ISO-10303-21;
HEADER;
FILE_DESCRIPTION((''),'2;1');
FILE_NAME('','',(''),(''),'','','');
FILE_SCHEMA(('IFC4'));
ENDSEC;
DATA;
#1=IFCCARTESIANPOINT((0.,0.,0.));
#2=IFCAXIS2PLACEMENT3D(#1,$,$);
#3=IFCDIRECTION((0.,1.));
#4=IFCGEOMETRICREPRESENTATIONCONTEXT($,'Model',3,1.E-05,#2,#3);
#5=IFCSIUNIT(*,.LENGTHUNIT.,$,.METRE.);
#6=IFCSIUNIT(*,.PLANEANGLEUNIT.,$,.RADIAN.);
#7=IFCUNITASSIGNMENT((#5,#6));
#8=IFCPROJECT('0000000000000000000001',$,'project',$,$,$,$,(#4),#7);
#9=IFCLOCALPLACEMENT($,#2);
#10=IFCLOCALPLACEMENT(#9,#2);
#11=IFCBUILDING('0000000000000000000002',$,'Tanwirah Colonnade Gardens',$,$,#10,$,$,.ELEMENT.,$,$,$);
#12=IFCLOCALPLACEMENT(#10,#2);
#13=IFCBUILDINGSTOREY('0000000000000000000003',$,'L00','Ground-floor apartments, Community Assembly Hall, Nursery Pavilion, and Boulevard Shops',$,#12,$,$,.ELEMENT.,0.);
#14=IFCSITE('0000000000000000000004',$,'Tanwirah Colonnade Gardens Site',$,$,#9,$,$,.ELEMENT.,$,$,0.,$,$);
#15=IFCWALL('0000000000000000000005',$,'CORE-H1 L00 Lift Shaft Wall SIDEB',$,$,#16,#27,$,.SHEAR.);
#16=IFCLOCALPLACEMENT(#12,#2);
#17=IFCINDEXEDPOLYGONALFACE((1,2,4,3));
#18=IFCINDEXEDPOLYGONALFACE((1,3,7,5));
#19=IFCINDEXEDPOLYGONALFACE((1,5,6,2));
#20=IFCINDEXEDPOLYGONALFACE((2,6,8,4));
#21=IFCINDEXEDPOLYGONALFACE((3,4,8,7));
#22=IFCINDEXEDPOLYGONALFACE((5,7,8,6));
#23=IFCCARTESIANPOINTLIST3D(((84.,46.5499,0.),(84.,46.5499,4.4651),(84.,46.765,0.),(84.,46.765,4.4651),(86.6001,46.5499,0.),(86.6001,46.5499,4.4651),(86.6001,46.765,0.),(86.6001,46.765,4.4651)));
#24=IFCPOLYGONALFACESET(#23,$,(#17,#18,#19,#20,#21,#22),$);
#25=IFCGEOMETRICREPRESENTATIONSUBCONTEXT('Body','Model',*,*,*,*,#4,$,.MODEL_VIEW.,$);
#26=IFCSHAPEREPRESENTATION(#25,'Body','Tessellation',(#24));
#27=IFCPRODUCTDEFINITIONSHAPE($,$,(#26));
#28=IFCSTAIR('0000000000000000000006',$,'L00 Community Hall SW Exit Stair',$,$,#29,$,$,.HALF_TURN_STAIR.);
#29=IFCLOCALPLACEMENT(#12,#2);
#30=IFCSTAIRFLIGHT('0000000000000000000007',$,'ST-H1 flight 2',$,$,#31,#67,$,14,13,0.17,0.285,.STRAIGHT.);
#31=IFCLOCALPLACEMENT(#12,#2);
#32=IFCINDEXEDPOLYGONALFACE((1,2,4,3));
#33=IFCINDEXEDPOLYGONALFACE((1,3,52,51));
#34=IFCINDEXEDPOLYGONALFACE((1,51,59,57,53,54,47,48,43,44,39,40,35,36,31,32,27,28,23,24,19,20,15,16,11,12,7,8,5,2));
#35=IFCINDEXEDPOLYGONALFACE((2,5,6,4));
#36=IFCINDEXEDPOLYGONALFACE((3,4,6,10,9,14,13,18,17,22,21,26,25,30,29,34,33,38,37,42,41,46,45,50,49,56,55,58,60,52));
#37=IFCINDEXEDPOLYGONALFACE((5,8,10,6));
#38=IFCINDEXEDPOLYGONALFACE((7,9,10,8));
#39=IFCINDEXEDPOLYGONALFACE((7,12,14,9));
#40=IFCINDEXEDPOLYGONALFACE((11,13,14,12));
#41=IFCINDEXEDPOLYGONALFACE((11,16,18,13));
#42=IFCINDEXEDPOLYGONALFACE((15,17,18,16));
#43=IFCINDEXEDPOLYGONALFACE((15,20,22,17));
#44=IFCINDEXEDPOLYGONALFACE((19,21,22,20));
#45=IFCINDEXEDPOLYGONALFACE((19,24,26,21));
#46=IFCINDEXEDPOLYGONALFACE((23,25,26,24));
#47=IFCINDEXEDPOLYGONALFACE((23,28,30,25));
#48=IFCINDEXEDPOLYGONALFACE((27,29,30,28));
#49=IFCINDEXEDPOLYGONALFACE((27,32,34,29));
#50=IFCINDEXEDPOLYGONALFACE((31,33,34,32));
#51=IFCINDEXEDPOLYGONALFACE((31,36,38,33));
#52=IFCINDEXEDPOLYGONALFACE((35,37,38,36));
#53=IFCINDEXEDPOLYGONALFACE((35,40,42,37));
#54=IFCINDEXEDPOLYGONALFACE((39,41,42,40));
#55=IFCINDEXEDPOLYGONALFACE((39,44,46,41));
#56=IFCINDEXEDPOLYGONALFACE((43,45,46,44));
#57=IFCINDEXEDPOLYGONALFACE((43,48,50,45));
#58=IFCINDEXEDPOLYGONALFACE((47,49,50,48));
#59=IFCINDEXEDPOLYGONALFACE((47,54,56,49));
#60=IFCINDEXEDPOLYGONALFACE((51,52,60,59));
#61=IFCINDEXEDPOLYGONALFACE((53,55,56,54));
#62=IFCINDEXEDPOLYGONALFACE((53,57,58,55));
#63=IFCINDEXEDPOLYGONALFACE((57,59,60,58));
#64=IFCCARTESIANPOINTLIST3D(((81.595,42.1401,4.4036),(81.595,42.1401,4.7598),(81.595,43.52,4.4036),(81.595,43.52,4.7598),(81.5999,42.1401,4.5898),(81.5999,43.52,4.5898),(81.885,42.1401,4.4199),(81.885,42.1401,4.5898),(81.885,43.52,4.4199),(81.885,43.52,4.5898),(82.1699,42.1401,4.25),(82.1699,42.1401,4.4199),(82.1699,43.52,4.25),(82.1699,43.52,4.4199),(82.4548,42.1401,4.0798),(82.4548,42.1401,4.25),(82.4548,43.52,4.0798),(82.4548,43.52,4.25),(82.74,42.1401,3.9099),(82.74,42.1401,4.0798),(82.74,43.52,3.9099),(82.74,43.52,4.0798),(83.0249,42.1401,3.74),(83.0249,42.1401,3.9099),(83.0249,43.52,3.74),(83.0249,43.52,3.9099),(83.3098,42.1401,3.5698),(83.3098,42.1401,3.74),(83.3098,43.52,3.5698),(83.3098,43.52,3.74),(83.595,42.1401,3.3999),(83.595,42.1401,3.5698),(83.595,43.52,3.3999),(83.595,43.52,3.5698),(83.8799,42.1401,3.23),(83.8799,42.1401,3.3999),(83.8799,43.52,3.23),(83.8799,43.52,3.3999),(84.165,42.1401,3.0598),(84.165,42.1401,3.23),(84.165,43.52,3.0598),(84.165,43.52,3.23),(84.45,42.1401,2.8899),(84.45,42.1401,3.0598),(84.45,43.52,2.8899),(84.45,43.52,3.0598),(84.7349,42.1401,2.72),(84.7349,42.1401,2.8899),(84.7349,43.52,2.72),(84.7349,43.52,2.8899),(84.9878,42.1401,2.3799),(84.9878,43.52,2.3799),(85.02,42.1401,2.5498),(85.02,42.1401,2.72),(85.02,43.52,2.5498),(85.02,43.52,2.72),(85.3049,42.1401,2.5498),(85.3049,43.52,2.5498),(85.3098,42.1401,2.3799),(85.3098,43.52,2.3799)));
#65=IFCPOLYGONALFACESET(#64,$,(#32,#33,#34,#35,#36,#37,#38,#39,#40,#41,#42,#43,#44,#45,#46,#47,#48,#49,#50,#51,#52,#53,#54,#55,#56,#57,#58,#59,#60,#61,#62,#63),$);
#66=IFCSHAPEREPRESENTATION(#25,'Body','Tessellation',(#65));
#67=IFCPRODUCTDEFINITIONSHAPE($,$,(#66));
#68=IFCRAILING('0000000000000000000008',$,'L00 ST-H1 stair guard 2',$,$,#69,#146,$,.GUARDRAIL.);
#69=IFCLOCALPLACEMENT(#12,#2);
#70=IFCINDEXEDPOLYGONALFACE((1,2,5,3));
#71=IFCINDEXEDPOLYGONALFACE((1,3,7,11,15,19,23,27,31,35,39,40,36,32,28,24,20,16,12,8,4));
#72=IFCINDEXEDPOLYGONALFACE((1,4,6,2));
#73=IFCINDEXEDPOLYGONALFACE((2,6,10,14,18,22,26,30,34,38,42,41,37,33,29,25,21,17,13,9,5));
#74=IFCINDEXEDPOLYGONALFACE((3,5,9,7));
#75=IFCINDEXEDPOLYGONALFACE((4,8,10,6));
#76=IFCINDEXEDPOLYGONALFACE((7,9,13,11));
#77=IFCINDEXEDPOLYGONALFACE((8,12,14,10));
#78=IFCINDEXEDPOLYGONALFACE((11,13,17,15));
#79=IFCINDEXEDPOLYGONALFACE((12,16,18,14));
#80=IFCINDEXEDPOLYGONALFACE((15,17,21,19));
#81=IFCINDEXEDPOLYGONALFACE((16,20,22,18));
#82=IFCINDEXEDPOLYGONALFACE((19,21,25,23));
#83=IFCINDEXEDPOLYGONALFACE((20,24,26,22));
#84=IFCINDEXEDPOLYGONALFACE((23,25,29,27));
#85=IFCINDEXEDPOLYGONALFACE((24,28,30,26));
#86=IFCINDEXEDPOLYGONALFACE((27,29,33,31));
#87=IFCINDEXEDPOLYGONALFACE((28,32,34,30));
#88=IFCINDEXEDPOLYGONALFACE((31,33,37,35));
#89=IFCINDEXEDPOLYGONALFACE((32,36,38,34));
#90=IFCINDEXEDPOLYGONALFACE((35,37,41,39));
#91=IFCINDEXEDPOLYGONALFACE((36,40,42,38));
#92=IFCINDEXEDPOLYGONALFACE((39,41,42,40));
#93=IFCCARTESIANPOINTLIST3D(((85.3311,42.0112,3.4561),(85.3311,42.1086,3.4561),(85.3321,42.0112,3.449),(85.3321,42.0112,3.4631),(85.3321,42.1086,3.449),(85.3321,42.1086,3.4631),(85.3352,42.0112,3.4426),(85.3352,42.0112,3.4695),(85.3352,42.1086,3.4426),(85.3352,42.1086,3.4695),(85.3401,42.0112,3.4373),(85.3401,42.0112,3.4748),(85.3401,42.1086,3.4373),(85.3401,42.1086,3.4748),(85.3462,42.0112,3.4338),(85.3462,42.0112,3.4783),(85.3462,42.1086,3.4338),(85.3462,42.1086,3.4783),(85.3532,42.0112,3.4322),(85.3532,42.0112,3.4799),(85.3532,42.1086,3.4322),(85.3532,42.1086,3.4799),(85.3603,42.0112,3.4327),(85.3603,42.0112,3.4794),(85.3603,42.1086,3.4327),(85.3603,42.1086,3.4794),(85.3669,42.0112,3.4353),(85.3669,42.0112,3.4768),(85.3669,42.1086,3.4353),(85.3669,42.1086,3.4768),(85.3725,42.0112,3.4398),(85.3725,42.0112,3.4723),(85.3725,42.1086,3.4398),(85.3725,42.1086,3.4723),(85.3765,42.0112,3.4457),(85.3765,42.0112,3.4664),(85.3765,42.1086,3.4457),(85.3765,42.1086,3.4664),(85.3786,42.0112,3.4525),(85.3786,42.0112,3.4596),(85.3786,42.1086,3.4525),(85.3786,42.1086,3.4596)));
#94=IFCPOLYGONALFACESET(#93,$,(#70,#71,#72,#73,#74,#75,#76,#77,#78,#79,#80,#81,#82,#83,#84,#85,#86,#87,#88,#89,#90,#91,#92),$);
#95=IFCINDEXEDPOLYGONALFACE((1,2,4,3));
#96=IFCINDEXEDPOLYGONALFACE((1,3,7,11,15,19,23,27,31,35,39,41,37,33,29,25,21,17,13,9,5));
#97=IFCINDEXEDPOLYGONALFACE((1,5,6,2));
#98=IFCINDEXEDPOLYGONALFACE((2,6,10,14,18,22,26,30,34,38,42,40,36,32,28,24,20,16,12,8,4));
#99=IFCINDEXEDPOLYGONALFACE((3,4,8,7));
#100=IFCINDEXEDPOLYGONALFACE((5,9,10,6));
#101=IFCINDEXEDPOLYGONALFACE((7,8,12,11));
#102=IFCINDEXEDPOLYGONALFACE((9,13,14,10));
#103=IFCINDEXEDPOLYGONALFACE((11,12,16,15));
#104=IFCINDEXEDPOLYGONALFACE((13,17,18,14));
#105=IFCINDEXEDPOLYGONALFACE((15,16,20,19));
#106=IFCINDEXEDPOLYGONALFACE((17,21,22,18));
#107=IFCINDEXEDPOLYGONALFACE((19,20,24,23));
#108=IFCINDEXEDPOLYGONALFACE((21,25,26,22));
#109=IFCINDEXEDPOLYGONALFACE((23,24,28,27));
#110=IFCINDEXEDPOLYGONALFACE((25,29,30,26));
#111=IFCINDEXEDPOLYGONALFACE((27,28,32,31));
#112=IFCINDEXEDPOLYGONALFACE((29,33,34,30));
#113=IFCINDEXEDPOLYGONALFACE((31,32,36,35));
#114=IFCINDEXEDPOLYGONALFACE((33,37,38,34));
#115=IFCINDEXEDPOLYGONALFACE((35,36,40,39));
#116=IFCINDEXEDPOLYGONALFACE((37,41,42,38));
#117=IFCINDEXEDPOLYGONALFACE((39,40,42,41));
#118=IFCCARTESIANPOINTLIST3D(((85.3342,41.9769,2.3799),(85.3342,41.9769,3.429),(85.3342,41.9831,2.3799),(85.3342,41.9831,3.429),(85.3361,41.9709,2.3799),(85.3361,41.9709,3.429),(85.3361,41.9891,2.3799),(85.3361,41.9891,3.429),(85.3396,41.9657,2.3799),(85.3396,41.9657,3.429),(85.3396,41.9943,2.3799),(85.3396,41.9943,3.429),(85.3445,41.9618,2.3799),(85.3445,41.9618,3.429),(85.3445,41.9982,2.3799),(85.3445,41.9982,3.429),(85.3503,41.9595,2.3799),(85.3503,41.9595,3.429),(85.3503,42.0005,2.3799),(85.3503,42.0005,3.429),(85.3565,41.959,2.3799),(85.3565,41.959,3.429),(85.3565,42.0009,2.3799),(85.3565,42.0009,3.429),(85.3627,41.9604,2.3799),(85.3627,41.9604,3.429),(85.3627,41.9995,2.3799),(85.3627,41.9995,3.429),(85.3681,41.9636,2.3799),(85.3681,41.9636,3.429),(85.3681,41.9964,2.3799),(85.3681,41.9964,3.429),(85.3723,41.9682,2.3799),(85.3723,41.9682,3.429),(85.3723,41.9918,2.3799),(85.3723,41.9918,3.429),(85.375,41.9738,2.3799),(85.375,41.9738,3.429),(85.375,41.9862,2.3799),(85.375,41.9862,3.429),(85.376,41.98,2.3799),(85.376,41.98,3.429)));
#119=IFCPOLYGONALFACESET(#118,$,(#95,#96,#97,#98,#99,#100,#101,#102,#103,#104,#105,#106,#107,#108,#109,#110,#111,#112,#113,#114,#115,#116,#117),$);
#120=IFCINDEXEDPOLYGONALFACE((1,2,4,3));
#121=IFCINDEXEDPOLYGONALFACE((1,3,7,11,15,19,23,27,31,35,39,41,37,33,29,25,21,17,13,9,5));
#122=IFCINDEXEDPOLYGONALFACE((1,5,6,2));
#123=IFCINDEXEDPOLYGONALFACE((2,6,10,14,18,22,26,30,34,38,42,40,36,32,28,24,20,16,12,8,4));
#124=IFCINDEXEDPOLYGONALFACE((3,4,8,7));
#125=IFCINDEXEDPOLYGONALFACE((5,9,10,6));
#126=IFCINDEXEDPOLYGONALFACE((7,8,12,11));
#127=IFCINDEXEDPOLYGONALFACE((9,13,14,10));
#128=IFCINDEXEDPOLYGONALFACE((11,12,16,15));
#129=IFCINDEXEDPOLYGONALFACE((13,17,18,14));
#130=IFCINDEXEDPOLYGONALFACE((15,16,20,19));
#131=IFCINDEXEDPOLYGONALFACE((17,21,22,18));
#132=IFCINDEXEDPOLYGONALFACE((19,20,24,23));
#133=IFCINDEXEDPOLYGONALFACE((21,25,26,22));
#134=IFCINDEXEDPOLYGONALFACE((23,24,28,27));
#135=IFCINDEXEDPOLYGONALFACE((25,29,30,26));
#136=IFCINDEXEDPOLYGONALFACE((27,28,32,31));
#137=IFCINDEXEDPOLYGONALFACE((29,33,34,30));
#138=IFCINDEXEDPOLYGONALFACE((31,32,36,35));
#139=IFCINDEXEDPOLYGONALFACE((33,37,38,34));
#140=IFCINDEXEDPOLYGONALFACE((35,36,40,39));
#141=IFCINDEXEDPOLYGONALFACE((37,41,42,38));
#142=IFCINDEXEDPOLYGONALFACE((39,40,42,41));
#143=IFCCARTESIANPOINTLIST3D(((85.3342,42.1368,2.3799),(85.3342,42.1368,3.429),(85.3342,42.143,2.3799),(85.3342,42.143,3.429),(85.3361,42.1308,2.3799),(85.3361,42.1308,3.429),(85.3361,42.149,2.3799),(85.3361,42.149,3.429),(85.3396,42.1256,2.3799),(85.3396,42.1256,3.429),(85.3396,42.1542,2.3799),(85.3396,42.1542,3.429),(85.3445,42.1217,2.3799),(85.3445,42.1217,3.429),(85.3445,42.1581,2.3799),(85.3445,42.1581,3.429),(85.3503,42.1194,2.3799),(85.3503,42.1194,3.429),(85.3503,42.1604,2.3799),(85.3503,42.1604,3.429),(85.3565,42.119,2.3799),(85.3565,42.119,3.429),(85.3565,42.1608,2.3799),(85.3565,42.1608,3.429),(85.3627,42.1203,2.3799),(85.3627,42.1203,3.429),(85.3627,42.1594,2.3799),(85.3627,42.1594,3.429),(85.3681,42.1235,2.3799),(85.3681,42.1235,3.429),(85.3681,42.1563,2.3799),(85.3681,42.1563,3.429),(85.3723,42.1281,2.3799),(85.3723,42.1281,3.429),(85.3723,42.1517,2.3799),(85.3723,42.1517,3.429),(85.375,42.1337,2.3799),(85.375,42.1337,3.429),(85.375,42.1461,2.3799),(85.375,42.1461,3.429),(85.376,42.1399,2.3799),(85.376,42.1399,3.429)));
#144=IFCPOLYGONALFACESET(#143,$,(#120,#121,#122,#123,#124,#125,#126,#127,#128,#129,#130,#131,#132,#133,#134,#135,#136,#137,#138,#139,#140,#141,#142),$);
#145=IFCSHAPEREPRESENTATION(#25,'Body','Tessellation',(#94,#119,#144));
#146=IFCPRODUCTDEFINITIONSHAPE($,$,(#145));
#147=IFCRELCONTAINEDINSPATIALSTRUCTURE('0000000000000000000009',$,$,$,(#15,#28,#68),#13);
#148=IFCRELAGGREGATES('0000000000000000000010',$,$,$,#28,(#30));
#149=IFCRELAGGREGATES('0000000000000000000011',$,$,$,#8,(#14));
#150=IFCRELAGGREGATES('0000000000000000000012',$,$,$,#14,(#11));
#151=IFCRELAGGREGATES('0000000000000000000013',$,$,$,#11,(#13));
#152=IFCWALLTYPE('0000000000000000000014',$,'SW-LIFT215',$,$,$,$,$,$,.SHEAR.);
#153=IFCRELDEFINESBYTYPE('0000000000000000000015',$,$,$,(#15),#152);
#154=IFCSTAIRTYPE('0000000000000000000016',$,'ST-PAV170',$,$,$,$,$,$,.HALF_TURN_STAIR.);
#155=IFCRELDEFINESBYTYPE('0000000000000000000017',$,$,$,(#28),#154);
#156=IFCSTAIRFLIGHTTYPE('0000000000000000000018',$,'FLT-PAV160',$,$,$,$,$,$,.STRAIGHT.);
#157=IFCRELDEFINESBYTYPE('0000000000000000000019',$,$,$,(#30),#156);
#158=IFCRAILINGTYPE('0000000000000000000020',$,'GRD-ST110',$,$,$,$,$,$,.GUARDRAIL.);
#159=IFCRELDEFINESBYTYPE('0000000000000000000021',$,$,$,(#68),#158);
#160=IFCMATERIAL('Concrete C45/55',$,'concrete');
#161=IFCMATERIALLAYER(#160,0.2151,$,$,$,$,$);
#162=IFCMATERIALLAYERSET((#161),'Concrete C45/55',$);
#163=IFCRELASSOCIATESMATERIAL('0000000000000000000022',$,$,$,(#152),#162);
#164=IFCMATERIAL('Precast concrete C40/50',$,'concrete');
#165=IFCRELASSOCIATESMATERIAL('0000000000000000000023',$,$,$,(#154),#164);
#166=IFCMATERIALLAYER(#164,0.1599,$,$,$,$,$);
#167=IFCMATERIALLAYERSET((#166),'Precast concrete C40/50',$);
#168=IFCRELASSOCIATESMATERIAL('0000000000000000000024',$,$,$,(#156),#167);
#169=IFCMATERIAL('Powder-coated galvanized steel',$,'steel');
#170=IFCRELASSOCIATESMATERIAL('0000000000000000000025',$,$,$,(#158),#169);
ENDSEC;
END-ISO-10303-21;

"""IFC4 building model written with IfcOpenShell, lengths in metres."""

from ifc_helpers import new_model, si_unit, direction, frame, frame_2d, origin, origin_2d, place, context, subcontext, project, spatial, polyline, rectangle, circle, outline, extrude, material, layer, layer_set, type_object, element, aggregate, save


model = new_model("IFC4")

# Units and contexts
model_context = context("Model", 3, precision=1e-05, world=origin(), true_north=direction((0.0, 1.0)))
body_context = subcontext(model_context, "Body", "Model", "MODEL_VIEW")
ifc_project = project(units=[si_unit("LENGTHUNIT", "METRE"), si_unit("PLANEANGLEUNIT", "RADIAN")], contexts=[model_context])

# Site, building, storey
site_placement = place(None, origin())
site = spatial("IfcSite", under=ifc_project, at=site_placement, Name="Tanwirah Colonnade Gardens Site", CompositionType="ELEMENT", RefElevation=0.0)
building_placement = place(site_placement, origin())
building = spatial("IfcBuilding", under=site, at=building_placement, Name="Tanwirah Colonnade Gardens", CompositionType="ELEMENT")
storey_placement = place(building_placement, origin())
storey = spatial("IfcBuildingStorey", under=building, at=storey_placement, Name="L00", Description="Ground-floor apartments, Community Assembly Hall, Nursery Pavilion, and Boulevard Shops", CompositionType="ELEMENT", Elevation=0.0)

# Shared definitions
ifc_material_1 = material(Name="Concrete C45/55", Category="concrete")

# Shared definitions
ifc_layer_1 = layer(ifc_material_1, 0.2151)
ifc_layer_set_1 = layer_set([ifc_layer_1], Name="Concrete C45/55")
wall_type_1 = type_object("IfcWallType", Name="SW-LIFT215", PredefinedType="SHEAR", material=ifc_layer_set_1)

# Wall
for number, where, z_axis, x_axis, name in (
    (1, (84.0, 46.6575, 0.0), (0.0, 0.0, 1.0), (1.0, 0.0, 0.0), "CORE-H1 L00 Lift Shaft Wall SIDEB"),
):
    element("IfcWall", number, at=place(storey_placement, frame(where, z_axis=z_axis, x_axis=x_axis)), inside=storey, type_object=wall_type_1, Name=name, PredefinedType="SHEAR", context=body_context, shape_type="SweptSolid", body=[
        extrude(rectangle(XDim=2.6001, YDim=0.2151, at=frame_2d((1.3, 0.0))), origin(), (0.0, 0.0, 1.0), 4.4651),
    ])

# Stair, stair flight
ifc_material_2 = material(Name="Precast concrete C40/50", Category="concrete")
stair_type = type_object("IfcStairType", Name="ST-PAV170", PredefinedType="HALF_TURN_STAIR", material=ifc_material_2)
stair_placement = place(storey_placement, origin())
stair = element("IfcStair", 2, at=stair_placement, inside=storey, type_object=stair_type, Name="L00 Community Hall SW Exit Stair", PredefinedType="HALF_TURN_STAIR")
ifc_layer_2 = layer(ifc_material_2, 0.1599)
ifc_layer_set_2 = layer_set([ifc_layer_2], Name="Precast concrete C40/50")
stair_flight_type = type_object("IfcStairFlightType", Name="FLT-PAV160", PredefinedType="STRAIGHT", material=ifc_layer_set_2)
stair_flight_placement = place(storey_placement, frame((85.3049, 42.8301, 2.3799), z_axis=(0.0, 0.0, 1.0), x_axis=(-1.0, 0.0, 0.0)))
stair_flight = element("IfcStairFlight", 3, at=stair_flight_placement, type_object=stair_flight_type, Name="ST-H1 flight 2", NumberOfRisers=14, NumberOfTreads=13, PredefinedType="STRAIGHT", RiserHeight=0.17, TreadLength=0.285, context=body_context, shape_type="SweptSolid", body=[
    extrude(outline(polyline([(-0.0049, 0.0), (0.0, 0.1699), (0.2849, 0.1699), (0.2849, 0.3401), (0.5701, 0.3401), (0.5701, 0.51), (0.855, 0.51), (0.855, 0.6799), (1.1399, 0.6799), (1.1399, 0.8501), (1.425, 0.8501), (1.425, 1.02), (1.71, 1.02), (1.71, 1.1899), (1.9951, 1.1899), (1.9951, 1.3601), (2.28, 1.3601), (2.28, 1.53), (2.5649, 1.53), (2.5649, 1.7), (2.8501, 1.7), (2.8501, 1.8701), (3.135, 1.8701), (3.135, 2.04), (3.4199, 2.04), (3.4199, 2.21), (3.7051, 2.21), (3.71, 2.3799), (3.71, 2.0237), (0.3171, 0.0), (-0.0049, 0.0)])), frame((0.0, 0.6899, 0.0), z_axis=(0.0, -1.0, 0.0), x_axis=(1.0, 0.0, 0.0)), (0.0, 0.0, 1.0), 1.3799),
])
aggregate(stair, [stair_flight])

# Railing
ifc_material_3 = material(Name="Powder-coated galvanized steel", Category="steel")
railing_type_1 = type_object("IfcRailingType", Name="GRD-ST110", PredefinedType="GUARDRAIL", material=ifc_material_3)
railing_1_placement = place(storey_placement, frame((85.355, 41.98, 2.3799)))
element("IfcRailing", 4, at=railing_1_placement, inside=storey, type_object=railing_type_1, Name="L00 ST-H1 stair guard 2", PredefinedType="GUARDRAIL", context=body_context, shape_type="SweptSolid", body=[
    extrude(circle(Radius=0.0239, at=origin_2d()), frame((0.0, 0.0312, 1.0762), z_axis=(0.0, 1.0, 0.0), x_axis=(-1.0, 0.0, 0.0)), (0.0, 0.0, 1.0), 0.0974),
    extrude(circle(Radius=0.021, at=origin_2d()), origin(), (0.0, 0.0, 1.0), 1.0491),
    extrude(circle(Radius=0.021, at=origin_2d()), frame((0.0, 0.1599, 0.0)), (0.0, 0.0, 1.0), 1.0491),
])

save(model, "model.ifc")
